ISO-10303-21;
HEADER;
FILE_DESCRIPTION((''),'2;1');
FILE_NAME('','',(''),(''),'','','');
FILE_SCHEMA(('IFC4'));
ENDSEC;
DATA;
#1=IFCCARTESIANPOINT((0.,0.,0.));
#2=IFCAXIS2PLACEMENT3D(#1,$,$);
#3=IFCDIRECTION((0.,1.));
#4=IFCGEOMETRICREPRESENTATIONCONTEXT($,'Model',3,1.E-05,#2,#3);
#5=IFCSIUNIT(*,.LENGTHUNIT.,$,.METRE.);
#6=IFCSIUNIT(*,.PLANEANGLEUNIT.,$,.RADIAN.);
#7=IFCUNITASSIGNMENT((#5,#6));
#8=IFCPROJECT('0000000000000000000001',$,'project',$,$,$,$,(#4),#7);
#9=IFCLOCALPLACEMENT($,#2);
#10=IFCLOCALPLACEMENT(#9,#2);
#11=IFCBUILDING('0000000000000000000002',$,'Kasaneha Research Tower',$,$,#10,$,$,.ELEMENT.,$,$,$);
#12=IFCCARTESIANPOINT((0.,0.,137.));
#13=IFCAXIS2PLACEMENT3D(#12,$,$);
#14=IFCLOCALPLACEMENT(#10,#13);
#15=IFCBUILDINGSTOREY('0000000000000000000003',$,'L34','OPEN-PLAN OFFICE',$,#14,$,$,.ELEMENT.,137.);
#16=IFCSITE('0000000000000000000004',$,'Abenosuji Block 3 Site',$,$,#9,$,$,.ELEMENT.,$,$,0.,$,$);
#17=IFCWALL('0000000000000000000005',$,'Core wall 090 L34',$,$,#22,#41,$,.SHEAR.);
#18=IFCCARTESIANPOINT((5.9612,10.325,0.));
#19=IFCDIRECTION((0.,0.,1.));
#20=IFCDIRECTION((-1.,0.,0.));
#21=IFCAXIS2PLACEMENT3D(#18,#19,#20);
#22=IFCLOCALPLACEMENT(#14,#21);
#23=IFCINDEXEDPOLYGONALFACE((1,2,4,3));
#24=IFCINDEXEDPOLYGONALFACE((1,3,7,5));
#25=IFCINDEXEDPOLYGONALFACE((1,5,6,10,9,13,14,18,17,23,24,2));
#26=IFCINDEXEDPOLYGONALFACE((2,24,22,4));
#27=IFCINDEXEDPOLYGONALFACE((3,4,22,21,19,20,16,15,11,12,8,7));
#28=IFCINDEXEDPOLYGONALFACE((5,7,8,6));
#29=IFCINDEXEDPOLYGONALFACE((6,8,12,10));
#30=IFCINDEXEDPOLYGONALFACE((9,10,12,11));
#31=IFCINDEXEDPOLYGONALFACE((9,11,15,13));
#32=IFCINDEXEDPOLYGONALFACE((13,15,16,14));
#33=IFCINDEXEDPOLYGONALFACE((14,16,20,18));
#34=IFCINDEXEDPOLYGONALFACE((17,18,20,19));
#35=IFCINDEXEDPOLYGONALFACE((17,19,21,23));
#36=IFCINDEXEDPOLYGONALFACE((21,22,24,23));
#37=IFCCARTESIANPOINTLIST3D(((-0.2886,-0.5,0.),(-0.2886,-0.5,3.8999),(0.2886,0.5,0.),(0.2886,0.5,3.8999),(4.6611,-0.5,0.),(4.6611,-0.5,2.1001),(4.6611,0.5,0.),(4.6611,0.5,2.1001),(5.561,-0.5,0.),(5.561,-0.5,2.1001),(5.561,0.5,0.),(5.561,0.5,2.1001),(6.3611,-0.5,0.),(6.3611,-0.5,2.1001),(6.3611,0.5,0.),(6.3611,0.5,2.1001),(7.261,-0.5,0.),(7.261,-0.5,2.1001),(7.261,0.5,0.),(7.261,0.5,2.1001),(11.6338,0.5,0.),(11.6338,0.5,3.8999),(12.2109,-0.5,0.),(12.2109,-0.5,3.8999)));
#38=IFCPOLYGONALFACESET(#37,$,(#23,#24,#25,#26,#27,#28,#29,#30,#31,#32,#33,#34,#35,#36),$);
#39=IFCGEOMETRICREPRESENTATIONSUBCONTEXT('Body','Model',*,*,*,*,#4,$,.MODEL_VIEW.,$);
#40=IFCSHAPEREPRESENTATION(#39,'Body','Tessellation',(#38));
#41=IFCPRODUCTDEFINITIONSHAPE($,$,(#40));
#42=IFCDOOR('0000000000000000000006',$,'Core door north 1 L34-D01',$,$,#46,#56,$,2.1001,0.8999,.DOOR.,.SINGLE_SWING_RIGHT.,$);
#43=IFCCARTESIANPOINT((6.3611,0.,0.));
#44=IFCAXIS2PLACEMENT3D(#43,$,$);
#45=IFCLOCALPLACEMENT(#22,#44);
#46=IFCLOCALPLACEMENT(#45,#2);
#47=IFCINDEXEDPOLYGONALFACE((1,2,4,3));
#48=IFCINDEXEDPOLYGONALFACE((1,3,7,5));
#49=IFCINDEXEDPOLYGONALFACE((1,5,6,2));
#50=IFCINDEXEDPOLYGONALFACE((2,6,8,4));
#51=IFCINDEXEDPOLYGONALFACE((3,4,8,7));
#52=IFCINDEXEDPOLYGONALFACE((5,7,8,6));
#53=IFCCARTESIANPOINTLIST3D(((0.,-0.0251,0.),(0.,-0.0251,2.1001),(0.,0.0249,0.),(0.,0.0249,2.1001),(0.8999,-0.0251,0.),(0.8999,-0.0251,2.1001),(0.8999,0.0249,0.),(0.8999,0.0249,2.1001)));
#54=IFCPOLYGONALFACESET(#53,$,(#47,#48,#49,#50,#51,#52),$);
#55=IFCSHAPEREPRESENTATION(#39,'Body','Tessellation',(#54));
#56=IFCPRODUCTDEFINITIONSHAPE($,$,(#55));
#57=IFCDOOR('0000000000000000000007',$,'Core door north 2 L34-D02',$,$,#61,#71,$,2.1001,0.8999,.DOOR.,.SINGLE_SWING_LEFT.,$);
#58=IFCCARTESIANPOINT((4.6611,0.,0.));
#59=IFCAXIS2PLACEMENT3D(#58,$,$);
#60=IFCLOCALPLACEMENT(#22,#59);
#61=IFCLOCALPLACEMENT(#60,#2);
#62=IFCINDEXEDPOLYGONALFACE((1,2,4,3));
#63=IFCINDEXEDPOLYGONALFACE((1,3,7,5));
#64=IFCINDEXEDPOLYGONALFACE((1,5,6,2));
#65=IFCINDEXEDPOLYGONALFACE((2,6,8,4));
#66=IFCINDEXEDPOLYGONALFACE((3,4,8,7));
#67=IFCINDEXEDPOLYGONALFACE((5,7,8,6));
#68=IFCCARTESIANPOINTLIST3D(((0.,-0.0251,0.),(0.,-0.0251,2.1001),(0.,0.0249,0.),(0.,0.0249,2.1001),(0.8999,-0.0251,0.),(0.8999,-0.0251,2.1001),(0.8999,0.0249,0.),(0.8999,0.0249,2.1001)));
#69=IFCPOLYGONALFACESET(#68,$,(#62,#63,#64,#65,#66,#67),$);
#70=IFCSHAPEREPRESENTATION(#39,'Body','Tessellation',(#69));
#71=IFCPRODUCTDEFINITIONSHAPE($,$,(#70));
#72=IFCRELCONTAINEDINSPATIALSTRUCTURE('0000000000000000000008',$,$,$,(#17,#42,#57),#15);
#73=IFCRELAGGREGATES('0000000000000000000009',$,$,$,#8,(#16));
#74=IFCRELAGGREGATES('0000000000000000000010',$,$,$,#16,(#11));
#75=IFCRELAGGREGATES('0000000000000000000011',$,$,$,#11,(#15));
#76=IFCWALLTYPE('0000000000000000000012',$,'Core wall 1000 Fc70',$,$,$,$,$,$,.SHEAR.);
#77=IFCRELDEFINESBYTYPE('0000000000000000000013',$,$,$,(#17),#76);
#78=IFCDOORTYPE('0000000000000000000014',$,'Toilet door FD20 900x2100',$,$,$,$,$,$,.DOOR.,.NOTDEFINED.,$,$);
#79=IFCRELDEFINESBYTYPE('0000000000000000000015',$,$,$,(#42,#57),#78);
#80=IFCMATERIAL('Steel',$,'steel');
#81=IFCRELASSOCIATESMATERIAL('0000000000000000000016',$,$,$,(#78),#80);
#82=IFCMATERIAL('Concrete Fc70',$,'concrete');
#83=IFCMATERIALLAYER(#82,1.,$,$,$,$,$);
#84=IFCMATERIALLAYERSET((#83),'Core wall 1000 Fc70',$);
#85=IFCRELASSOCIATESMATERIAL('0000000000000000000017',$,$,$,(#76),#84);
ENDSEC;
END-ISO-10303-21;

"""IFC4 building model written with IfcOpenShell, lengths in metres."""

from ifc_helpers import new_model, si_unit, direction, frame, frame_2d, origin, place, context, subcontext, project, spatial, polyline, rectangle, outline, extrude, material, layer, layer_set, type_object, element, fill, save


model = new_model("IFC4")

# Units and contexts
model_context = context("Model", 3, precision=1e-05, world=origin(), true_north=direction((0.0, 1.0)))
body_context = subcontext(model_context, "Body", "Model", "MODEL_VIEW")
ifc_project = project(units=[si_unit("LENGTHUNIT", "METRE"), si_unit("PLANEANGLEUNIT", "RADIAN")], contexts=[model_context])

# Site, building, storey
site_placement = place(None, origin())
site = spatial("IfcSite", under=ifc_project, at=site_placement, Name="Abenosuji Block 3 Site", CompositionType="ELEMENT", RefElevation=0.0)
building_placement = place(site_placement, origin())
building = spatial("IfcBuilding", under=site, at=building_placement, Name="Kasaneha Research Tower", CompositionType="ELEMENT")
storey_placement = place(building_placement, frame((0.0, 0.0, 137.0)))
storey = spatial("IfcBuildingStorey", under=building, at=storey_placement, Name="L34", Description="OPEN-PLAN OFFICE", CompositionType="ELEMENT", Elevation=137.0)

# Shared definitions
ifc_material_1 = material(Name="Steel", Category="steel")
door_type_1 = type_object("IfcDoorType", Name="Toilet door FD20 900x2100", OperationType="NOTDEFINED", PredefinedType="DOOR", material=ifc_material_1)

# Wall, openings, doors
ifc_material_2 = material(Name="Concrete Fc70", Category="concrete")
ifc_layer_1 = layer(ifc_material_2, 1.0)
ifc_layer_set_1 = layer_set([ifc_layer_1], Name="Core wall 1000 Fc70")
wall_type_1 = type_object("IfcWallType", Name="Core wall 1000 Fc70", PredefinedType="SHEAR", material=ifc_layer_set_1)
wall_1_placement = place(storey_placement, frame((5.9612, 10.325, 0.0), z_axis=(0.0, 0.0, 1.0), x_axis=(-1.0, 0.0, 0.0)))
wall_1 = element("IfcWall", 1, at=wall_1_placement, inside=storey, type_object=wall_type_1, Name="Core wall 090 L34", PredefinedType="SHEAR", context=body_context, shape_type="SweptSolid", body=[
    extrude(outline(polyline([(-0.2886, -0.5), (4.6611, -0.5), (5.561, -0.5), (6.3611, -0.5), (7.261, -0.5), (12.2109, -0.5), (11.6338, 0.5), (7.261, 0.5), (6.3611, 0.5), (5.561, 0.5), (4.6611, 0.5), (0.2886, 0.5), (-0.2886, -0.5)])), origin(), (0.0, 0.0, 1.0), 3.8999),
])
opening_1_placement = place(wall_1_placement, frame((6.3611, 0.0, 0.0)))
opening_1 = element("IfcOpeningElement", 2, at=opening_1_placement, cuts=wall_1, PredefinedType="OPENING", context=body_context, shape_type="SweptSolid", body=[
    extrude(rectangle(XDim=0.8999, YDim=2.1001, at=frame_2d((0.45, 1.05))), frame((0.0, 0.51, 0.0), z_axis=(0.0, -1.0, 0.0), x_axis=(1.0, 0.0, 0.0)), (0.0, 0.0, 1.0), 1.02),
])
opening_2_placement = place(wall_1_placement, frame((4.6611, 0.0, 0.0)))
opening_2 = element("IfcOpeningElement", 3, at=opening_2_placement, cuts=wall_1, PredefinedType="OPENING", context=body_context, shape_type="SweptSolid", body=[
    extrude(rectangle(XDim=0.8999, YDim=2.1001, at=frame_2d((0.45, 1.05))), frame((0.0, 0.51, 0.0), z_axis=(0.0, -1.0, 0.0), x_axis=(1.0, 0.0, 0.0)), (0.0, 0.0, 1.0), 1.02),
])
door_1_placement = place(opening_1_placement, origin())
door_1 = element("IfcDoor", 4, at=door_1_placement, inside=storey, type_object=door_type_1, Name="Core door north 1 L34-D01", OperationType="SINGLE_SWING_RIGHT", OverallHeight=2.1001, OverallWidth=0.8999, PredefinedType="DOOR", context=body_context, shape_type="SweptSolid", body=[
    extrude(rectangle(XDim=0.8999, YDim=2.1001, at=frame_2d((0.45, 1.05))), frame((0.0, 0.0249, 0.0), z_axis=(0.0, -1.0, 0.0), x_axis=(1.0, 0.0, 0.0)), (0.0, 0.0, 1.0), 0.05),
])
fill(opening_1, door_1)
door_2_placement = place(opening_2_placement, origin())
door_2 = element("IfcDoor", 5, at=door_2_placement, inside=storey, type_object=door_type_1, Name="Core door north 2 L34-D02", OperationType="SINGLE_SWING_LEFT", OverallHeight=2.1001, OverallWidth=0.8999, PredefinedType="DOOR", context=body_context, shape_type="SweptSolid", body=[
    extrude(rectangle(XDim=0.8999, YDim=2.1001, at=frame_2d((0.45, 1.05))), frame((0.0, 0.0249, 0.0), z_axis=(0.0, -1.0, 0.0), x_axis=(1.0, 0.0, 0.0)), (0.0, 0.0, 1.0), 0.05),
])
fill(opening_2, door_2)

save(model, "model.ifc")
